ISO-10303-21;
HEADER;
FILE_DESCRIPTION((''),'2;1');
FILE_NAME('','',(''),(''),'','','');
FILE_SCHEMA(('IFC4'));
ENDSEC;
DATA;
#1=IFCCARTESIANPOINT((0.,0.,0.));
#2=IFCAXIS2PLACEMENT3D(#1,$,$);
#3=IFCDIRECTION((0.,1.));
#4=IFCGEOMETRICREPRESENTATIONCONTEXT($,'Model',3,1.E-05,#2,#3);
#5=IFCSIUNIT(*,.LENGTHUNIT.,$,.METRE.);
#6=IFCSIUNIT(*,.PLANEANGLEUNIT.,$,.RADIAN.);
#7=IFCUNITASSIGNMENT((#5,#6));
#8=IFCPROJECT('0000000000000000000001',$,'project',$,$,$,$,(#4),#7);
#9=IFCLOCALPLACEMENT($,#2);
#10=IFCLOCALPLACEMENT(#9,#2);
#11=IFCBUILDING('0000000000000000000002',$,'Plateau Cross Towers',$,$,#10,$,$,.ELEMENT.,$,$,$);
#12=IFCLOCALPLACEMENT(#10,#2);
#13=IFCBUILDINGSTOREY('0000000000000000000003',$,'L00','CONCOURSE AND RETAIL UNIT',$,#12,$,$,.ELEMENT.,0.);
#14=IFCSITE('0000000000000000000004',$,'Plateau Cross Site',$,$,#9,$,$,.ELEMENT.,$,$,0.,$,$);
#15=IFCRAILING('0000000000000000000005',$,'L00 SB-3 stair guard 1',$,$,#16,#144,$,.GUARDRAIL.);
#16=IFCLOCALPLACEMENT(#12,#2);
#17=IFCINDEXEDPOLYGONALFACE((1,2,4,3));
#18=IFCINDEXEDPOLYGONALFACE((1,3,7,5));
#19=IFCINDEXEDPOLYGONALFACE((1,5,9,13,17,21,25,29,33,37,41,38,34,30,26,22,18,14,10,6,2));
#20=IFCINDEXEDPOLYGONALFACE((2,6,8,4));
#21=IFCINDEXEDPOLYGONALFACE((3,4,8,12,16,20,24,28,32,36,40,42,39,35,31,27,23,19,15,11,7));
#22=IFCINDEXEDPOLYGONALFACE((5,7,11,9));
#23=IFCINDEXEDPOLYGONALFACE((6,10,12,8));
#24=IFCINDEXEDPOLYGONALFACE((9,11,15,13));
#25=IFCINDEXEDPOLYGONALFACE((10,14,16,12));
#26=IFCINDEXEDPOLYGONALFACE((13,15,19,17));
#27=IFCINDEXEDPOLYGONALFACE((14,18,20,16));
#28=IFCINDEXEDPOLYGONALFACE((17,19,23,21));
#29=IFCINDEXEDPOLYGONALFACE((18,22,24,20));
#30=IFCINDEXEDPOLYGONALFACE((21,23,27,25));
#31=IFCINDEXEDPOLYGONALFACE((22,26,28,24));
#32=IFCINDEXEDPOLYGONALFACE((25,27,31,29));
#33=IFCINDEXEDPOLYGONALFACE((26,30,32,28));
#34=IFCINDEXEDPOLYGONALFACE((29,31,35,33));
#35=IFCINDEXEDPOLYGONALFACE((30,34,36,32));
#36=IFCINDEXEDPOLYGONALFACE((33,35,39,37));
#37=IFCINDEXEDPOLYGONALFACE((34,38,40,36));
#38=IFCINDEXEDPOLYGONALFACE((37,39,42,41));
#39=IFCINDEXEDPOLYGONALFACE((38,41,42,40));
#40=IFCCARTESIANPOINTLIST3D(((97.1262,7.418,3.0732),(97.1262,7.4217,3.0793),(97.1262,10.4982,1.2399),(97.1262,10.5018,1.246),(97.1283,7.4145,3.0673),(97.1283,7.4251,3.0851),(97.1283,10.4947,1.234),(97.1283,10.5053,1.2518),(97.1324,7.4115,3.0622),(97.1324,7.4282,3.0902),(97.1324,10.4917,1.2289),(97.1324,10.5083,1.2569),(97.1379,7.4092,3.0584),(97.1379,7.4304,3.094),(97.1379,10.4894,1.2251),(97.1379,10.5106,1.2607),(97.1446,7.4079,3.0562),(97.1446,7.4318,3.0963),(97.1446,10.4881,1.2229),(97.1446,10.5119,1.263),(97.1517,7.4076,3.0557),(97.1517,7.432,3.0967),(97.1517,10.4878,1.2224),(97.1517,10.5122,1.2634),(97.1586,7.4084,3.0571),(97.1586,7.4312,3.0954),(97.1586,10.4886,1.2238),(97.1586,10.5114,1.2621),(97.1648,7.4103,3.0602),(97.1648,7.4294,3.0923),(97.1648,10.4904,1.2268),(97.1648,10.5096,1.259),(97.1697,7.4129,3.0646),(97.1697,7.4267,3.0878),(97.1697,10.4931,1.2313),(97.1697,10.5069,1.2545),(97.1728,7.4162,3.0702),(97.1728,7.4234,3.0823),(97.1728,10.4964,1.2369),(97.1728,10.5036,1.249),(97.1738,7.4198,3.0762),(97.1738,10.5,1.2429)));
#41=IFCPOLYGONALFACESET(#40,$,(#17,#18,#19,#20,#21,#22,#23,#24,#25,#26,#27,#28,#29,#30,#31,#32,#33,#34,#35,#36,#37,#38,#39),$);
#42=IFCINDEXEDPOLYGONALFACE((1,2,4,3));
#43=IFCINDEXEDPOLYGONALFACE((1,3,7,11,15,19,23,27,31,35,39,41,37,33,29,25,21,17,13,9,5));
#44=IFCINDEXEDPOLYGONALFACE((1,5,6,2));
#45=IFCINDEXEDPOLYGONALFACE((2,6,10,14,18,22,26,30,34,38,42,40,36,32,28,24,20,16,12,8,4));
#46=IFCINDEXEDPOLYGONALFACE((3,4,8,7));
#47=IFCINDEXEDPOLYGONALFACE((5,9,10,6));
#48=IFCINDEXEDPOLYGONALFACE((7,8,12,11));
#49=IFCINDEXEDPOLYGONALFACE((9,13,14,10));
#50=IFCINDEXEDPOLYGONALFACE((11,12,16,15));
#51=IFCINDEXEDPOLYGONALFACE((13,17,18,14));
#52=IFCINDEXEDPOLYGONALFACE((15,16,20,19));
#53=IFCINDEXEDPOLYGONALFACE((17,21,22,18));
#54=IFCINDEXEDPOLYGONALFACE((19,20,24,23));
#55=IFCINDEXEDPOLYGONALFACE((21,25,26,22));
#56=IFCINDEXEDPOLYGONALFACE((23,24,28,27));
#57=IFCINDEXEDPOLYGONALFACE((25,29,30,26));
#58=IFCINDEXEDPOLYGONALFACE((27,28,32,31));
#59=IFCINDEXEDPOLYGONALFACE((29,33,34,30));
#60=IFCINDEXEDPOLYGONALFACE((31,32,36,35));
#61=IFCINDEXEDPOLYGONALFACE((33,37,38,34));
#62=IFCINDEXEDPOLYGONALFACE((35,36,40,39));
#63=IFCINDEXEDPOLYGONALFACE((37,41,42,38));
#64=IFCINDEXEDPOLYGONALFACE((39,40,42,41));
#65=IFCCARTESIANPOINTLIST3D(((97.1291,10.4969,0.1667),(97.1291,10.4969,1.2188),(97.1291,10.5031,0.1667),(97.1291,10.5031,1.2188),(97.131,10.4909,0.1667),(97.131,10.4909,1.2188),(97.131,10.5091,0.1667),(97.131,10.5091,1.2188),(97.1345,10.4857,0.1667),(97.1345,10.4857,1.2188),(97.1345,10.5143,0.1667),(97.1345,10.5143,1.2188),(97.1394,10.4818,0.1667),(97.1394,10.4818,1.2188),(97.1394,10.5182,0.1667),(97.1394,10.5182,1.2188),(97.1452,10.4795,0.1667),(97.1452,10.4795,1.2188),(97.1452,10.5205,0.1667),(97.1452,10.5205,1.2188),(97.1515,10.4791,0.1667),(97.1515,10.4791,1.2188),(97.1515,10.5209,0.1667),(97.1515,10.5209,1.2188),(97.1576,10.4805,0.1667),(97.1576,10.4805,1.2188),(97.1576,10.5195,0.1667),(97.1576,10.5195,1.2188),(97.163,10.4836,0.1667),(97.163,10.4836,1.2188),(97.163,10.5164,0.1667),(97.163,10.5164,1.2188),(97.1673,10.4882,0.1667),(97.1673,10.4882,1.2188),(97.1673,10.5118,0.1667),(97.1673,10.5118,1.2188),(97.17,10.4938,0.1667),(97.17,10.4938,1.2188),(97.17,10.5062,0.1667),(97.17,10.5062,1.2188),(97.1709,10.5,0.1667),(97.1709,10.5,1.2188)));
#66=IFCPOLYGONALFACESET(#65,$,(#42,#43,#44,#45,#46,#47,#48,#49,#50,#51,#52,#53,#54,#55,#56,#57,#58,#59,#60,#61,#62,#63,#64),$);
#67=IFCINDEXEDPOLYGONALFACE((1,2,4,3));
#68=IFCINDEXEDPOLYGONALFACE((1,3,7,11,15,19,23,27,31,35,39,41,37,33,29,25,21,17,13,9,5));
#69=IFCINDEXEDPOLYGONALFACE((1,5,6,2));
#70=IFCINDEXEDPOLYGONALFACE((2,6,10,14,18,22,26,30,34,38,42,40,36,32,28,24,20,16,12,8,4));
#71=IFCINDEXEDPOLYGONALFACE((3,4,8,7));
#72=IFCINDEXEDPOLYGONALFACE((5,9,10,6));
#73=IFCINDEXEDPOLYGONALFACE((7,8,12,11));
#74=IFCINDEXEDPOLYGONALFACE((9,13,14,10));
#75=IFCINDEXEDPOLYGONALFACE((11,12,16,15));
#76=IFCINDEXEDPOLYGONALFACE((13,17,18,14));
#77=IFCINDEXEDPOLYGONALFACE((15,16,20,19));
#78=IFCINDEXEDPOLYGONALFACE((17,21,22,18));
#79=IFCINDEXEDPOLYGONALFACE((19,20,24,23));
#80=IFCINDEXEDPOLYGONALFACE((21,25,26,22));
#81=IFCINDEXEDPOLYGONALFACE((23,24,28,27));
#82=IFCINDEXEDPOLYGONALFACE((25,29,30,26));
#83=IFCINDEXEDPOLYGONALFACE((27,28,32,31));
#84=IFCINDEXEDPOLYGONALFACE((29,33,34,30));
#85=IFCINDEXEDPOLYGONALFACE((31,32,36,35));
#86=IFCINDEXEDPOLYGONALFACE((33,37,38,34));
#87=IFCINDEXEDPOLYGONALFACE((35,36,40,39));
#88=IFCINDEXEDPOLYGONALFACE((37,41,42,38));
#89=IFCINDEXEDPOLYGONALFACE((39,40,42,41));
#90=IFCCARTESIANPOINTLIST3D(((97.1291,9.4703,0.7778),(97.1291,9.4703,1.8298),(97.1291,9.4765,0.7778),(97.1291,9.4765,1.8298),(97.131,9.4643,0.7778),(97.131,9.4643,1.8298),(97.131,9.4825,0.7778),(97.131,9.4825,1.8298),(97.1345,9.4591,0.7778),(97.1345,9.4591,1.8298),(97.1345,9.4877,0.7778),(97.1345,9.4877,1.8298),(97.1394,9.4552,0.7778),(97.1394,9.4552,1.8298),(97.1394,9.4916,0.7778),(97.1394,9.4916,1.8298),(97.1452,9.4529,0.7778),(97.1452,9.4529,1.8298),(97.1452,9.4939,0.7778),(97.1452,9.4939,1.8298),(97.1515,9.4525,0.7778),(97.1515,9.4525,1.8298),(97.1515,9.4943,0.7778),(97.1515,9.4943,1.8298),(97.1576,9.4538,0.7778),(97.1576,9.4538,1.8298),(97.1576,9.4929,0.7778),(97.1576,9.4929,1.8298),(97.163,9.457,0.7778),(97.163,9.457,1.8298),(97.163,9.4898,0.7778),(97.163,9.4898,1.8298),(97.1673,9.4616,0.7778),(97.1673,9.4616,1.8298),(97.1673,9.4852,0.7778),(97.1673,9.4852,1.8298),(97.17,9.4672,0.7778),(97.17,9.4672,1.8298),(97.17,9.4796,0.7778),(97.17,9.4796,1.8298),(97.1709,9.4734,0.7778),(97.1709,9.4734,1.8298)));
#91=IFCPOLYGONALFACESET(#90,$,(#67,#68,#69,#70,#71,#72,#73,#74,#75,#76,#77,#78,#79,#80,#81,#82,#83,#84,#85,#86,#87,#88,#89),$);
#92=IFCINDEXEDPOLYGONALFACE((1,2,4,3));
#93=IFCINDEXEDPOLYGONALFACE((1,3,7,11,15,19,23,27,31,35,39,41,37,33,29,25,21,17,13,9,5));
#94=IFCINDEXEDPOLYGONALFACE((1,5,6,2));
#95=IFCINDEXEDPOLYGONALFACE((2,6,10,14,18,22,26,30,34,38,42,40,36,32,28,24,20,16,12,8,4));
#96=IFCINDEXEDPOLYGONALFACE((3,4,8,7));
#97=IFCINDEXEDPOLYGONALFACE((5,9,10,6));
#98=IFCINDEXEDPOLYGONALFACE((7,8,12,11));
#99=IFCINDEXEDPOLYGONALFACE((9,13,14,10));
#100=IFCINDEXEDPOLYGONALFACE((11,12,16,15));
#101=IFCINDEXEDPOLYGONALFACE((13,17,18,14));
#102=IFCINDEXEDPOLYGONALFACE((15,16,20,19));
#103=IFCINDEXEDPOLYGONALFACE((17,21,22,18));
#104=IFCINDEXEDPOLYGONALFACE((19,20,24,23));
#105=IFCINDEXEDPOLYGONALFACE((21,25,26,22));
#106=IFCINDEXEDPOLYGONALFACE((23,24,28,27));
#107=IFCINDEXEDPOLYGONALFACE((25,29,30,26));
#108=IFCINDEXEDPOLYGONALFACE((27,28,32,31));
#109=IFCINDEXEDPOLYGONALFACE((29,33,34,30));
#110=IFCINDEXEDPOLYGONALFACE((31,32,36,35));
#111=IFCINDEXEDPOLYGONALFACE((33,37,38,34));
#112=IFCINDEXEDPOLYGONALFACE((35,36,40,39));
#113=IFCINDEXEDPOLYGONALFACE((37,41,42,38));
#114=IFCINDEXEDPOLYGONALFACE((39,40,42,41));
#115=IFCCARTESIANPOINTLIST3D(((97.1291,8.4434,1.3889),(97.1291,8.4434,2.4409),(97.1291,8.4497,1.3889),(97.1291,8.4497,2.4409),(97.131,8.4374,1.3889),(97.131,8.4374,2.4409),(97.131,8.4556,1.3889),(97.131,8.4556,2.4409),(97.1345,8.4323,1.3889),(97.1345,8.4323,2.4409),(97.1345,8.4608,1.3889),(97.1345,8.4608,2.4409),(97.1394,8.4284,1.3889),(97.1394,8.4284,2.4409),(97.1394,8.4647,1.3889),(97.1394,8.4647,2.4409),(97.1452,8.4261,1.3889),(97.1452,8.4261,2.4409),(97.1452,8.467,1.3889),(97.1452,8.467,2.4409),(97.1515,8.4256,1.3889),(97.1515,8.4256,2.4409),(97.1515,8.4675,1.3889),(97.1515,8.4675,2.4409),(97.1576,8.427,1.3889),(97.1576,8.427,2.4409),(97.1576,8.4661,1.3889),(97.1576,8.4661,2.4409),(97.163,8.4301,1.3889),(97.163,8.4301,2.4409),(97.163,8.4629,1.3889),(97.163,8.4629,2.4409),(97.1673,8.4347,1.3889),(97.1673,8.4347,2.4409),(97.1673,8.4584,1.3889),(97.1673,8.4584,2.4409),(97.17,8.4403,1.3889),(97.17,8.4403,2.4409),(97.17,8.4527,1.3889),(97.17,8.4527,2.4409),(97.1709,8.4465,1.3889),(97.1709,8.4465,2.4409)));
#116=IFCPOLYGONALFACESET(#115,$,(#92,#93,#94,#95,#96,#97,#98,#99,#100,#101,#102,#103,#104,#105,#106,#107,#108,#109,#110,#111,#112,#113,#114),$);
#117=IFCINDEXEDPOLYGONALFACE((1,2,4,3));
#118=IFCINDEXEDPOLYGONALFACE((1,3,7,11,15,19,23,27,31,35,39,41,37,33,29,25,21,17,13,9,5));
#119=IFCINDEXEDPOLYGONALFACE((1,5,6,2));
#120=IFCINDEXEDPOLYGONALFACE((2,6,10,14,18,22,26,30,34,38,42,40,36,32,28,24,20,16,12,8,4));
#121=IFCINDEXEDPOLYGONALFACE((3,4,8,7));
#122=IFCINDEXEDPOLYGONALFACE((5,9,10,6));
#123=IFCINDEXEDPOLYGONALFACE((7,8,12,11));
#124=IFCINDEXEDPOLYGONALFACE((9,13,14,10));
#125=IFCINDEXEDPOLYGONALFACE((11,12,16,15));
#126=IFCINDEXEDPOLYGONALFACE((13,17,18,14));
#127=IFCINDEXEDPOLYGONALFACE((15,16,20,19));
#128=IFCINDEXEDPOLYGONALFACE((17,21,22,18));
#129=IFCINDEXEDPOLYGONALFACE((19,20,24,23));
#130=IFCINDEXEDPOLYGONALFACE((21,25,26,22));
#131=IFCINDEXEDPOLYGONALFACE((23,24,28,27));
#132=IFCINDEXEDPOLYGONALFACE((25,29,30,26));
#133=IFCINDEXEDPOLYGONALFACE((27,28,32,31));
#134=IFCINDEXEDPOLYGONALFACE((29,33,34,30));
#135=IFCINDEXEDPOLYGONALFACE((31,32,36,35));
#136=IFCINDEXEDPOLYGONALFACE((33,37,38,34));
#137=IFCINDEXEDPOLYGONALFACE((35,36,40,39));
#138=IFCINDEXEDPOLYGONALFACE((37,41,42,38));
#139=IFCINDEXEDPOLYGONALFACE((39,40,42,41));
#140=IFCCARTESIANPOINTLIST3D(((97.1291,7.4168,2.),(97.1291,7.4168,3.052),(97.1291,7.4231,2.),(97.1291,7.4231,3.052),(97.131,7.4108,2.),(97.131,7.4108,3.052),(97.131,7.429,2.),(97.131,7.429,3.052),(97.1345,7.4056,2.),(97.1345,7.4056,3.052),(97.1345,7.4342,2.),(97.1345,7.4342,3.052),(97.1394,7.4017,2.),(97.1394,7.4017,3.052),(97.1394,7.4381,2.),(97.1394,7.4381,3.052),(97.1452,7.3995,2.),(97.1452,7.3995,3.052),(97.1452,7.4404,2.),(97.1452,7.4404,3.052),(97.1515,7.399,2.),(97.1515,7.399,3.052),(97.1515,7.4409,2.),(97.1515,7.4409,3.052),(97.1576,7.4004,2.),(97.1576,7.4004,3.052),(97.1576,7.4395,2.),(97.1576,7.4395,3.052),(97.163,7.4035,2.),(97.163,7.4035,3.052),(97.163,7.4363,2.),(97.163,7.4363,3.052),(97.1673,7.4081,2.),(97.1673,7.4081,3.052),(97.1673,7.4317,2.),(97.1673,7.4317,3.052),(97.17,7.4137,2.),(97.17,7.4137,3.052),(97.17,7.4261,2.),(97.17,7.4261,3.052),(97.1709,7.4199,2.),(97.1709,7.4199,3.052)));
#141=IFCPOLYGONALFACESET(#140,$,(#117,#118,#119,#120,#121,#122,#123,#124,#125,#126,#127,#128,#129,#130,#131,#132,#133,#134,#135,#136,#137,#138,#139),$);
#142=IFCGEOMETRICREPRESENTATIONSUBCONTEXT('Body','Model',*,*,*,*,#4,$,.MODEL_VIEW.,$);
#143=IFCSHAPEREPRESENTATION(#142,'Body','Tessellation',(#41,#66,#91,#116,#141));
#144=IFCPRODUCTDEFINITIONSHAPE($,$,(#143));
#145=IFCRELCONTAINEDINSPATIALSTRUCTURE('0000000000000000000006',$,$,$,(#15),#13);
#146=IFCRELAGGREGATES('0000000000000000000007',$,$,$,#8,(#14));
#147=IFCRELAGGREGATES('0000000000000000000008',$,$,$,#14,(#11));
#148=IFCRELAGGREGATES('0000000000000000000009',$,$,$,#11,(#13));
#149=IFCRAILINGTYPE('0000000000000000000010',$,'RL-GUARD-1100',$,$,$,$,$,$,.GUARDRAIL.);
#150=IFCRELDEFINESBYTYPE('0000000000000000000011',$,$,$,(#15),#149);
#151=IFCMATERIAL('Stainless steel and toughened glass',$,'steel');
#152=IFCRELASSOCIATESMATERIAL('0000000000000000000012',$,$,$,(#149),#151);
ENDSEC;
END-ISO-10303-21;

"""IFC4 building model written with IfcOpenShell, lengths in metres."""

from ifc_helpers import new_model, si_unit, direction, frame, origin, origin_2d, place, context, subcontext, project, spatial, circle, extrude, material, type_object, element, save


model = new_model("IFC4")

# Units and contexts
model_context = context("Model", 3, precision=1e-05, world=origin(), true_north=direction((0.0, 1.0)))
body_context = subcontext(model_context, "Body", "Model", "MODEL_VIEW")
ifc_project = project(units=[si_unit("LENGTHUNIT", "METRE"), si_unit("PLANEANGLEUNIT", "RADIAN")], contexts=[model_context])

# Site, building, storey
site_placement = place(None, origin())
site = spatial("IfcSite", under=ifc_project, at=site_placement, Name="Plateau Cross Site", CompositionType="ELEMENT", RefElevation=0.0)
building_placement = place(site_placement, origin())
building = spatial("IfcBuilding", under=site, at=building_placement, Name="Plateau Cross Towers", CompositionType="ELEMENT")
storey_placement = place(building_placement, origin())
storey = spatial("IfcBuildingStorey", under=building, at=storey_placement, Name="L00", Description="CONCOURSE AND RETAIL UNIT", CompositionType="ELEMENT", Elevation=0.0)

# Railing
ifc_material_1 = material(Name="Stainless steel and toughened glass", Category="steel")
railing_type_1 = type_object("IfcRailingType", Name="RL-GUARD-1100", PredefinedType="GUARDRAIL", material=ifc_material_1)
railing_1_placement = place(storey_placement, frame((97.1499, 10.5, 0.1667)))
element("IfcRailing", 1, at=railing_1_placement, inside=storey, type_object=railing_type_1, Name="L00 SB-3 stair guard 1", PredefinedType="GUARDRAIL", context=body_context, shape_type="SweptSolid", body=[
    extrude(circle(Radius=0.0239, at=origin_2d()), frame((0.0, 0.0, 1.0762), z_axis=(0.0, -0.859309, 0.511458), x_axis=(1.0, 0.0, 0.0)), (0.0, 0.0, 1.0), 3.5845),
    extrude(circle(Radius=0.021, at=origin_2d()), origin(), (0.0, 0.0, 1.0), 1.052),
    extrude(circle(Radius=0.021, at=origin_2d()), frame((0.0, -1.0266, 0.6111)), (0.0, 0.0, 1.0), 1.052),
    extrude(circle(Radius=0.021, at=origin_2d()), frame((0.0, -2.0535, 1.2222)), (0.0, 0.0, 1.0), 1.052),
    extrude(circle(Radius=0.021, at=origin_2d()), frame((0.0, -3.0801, 1.8333)), (0.0, 0.0, 1.0), 1.052),
])

save(model, "model.ifc")
